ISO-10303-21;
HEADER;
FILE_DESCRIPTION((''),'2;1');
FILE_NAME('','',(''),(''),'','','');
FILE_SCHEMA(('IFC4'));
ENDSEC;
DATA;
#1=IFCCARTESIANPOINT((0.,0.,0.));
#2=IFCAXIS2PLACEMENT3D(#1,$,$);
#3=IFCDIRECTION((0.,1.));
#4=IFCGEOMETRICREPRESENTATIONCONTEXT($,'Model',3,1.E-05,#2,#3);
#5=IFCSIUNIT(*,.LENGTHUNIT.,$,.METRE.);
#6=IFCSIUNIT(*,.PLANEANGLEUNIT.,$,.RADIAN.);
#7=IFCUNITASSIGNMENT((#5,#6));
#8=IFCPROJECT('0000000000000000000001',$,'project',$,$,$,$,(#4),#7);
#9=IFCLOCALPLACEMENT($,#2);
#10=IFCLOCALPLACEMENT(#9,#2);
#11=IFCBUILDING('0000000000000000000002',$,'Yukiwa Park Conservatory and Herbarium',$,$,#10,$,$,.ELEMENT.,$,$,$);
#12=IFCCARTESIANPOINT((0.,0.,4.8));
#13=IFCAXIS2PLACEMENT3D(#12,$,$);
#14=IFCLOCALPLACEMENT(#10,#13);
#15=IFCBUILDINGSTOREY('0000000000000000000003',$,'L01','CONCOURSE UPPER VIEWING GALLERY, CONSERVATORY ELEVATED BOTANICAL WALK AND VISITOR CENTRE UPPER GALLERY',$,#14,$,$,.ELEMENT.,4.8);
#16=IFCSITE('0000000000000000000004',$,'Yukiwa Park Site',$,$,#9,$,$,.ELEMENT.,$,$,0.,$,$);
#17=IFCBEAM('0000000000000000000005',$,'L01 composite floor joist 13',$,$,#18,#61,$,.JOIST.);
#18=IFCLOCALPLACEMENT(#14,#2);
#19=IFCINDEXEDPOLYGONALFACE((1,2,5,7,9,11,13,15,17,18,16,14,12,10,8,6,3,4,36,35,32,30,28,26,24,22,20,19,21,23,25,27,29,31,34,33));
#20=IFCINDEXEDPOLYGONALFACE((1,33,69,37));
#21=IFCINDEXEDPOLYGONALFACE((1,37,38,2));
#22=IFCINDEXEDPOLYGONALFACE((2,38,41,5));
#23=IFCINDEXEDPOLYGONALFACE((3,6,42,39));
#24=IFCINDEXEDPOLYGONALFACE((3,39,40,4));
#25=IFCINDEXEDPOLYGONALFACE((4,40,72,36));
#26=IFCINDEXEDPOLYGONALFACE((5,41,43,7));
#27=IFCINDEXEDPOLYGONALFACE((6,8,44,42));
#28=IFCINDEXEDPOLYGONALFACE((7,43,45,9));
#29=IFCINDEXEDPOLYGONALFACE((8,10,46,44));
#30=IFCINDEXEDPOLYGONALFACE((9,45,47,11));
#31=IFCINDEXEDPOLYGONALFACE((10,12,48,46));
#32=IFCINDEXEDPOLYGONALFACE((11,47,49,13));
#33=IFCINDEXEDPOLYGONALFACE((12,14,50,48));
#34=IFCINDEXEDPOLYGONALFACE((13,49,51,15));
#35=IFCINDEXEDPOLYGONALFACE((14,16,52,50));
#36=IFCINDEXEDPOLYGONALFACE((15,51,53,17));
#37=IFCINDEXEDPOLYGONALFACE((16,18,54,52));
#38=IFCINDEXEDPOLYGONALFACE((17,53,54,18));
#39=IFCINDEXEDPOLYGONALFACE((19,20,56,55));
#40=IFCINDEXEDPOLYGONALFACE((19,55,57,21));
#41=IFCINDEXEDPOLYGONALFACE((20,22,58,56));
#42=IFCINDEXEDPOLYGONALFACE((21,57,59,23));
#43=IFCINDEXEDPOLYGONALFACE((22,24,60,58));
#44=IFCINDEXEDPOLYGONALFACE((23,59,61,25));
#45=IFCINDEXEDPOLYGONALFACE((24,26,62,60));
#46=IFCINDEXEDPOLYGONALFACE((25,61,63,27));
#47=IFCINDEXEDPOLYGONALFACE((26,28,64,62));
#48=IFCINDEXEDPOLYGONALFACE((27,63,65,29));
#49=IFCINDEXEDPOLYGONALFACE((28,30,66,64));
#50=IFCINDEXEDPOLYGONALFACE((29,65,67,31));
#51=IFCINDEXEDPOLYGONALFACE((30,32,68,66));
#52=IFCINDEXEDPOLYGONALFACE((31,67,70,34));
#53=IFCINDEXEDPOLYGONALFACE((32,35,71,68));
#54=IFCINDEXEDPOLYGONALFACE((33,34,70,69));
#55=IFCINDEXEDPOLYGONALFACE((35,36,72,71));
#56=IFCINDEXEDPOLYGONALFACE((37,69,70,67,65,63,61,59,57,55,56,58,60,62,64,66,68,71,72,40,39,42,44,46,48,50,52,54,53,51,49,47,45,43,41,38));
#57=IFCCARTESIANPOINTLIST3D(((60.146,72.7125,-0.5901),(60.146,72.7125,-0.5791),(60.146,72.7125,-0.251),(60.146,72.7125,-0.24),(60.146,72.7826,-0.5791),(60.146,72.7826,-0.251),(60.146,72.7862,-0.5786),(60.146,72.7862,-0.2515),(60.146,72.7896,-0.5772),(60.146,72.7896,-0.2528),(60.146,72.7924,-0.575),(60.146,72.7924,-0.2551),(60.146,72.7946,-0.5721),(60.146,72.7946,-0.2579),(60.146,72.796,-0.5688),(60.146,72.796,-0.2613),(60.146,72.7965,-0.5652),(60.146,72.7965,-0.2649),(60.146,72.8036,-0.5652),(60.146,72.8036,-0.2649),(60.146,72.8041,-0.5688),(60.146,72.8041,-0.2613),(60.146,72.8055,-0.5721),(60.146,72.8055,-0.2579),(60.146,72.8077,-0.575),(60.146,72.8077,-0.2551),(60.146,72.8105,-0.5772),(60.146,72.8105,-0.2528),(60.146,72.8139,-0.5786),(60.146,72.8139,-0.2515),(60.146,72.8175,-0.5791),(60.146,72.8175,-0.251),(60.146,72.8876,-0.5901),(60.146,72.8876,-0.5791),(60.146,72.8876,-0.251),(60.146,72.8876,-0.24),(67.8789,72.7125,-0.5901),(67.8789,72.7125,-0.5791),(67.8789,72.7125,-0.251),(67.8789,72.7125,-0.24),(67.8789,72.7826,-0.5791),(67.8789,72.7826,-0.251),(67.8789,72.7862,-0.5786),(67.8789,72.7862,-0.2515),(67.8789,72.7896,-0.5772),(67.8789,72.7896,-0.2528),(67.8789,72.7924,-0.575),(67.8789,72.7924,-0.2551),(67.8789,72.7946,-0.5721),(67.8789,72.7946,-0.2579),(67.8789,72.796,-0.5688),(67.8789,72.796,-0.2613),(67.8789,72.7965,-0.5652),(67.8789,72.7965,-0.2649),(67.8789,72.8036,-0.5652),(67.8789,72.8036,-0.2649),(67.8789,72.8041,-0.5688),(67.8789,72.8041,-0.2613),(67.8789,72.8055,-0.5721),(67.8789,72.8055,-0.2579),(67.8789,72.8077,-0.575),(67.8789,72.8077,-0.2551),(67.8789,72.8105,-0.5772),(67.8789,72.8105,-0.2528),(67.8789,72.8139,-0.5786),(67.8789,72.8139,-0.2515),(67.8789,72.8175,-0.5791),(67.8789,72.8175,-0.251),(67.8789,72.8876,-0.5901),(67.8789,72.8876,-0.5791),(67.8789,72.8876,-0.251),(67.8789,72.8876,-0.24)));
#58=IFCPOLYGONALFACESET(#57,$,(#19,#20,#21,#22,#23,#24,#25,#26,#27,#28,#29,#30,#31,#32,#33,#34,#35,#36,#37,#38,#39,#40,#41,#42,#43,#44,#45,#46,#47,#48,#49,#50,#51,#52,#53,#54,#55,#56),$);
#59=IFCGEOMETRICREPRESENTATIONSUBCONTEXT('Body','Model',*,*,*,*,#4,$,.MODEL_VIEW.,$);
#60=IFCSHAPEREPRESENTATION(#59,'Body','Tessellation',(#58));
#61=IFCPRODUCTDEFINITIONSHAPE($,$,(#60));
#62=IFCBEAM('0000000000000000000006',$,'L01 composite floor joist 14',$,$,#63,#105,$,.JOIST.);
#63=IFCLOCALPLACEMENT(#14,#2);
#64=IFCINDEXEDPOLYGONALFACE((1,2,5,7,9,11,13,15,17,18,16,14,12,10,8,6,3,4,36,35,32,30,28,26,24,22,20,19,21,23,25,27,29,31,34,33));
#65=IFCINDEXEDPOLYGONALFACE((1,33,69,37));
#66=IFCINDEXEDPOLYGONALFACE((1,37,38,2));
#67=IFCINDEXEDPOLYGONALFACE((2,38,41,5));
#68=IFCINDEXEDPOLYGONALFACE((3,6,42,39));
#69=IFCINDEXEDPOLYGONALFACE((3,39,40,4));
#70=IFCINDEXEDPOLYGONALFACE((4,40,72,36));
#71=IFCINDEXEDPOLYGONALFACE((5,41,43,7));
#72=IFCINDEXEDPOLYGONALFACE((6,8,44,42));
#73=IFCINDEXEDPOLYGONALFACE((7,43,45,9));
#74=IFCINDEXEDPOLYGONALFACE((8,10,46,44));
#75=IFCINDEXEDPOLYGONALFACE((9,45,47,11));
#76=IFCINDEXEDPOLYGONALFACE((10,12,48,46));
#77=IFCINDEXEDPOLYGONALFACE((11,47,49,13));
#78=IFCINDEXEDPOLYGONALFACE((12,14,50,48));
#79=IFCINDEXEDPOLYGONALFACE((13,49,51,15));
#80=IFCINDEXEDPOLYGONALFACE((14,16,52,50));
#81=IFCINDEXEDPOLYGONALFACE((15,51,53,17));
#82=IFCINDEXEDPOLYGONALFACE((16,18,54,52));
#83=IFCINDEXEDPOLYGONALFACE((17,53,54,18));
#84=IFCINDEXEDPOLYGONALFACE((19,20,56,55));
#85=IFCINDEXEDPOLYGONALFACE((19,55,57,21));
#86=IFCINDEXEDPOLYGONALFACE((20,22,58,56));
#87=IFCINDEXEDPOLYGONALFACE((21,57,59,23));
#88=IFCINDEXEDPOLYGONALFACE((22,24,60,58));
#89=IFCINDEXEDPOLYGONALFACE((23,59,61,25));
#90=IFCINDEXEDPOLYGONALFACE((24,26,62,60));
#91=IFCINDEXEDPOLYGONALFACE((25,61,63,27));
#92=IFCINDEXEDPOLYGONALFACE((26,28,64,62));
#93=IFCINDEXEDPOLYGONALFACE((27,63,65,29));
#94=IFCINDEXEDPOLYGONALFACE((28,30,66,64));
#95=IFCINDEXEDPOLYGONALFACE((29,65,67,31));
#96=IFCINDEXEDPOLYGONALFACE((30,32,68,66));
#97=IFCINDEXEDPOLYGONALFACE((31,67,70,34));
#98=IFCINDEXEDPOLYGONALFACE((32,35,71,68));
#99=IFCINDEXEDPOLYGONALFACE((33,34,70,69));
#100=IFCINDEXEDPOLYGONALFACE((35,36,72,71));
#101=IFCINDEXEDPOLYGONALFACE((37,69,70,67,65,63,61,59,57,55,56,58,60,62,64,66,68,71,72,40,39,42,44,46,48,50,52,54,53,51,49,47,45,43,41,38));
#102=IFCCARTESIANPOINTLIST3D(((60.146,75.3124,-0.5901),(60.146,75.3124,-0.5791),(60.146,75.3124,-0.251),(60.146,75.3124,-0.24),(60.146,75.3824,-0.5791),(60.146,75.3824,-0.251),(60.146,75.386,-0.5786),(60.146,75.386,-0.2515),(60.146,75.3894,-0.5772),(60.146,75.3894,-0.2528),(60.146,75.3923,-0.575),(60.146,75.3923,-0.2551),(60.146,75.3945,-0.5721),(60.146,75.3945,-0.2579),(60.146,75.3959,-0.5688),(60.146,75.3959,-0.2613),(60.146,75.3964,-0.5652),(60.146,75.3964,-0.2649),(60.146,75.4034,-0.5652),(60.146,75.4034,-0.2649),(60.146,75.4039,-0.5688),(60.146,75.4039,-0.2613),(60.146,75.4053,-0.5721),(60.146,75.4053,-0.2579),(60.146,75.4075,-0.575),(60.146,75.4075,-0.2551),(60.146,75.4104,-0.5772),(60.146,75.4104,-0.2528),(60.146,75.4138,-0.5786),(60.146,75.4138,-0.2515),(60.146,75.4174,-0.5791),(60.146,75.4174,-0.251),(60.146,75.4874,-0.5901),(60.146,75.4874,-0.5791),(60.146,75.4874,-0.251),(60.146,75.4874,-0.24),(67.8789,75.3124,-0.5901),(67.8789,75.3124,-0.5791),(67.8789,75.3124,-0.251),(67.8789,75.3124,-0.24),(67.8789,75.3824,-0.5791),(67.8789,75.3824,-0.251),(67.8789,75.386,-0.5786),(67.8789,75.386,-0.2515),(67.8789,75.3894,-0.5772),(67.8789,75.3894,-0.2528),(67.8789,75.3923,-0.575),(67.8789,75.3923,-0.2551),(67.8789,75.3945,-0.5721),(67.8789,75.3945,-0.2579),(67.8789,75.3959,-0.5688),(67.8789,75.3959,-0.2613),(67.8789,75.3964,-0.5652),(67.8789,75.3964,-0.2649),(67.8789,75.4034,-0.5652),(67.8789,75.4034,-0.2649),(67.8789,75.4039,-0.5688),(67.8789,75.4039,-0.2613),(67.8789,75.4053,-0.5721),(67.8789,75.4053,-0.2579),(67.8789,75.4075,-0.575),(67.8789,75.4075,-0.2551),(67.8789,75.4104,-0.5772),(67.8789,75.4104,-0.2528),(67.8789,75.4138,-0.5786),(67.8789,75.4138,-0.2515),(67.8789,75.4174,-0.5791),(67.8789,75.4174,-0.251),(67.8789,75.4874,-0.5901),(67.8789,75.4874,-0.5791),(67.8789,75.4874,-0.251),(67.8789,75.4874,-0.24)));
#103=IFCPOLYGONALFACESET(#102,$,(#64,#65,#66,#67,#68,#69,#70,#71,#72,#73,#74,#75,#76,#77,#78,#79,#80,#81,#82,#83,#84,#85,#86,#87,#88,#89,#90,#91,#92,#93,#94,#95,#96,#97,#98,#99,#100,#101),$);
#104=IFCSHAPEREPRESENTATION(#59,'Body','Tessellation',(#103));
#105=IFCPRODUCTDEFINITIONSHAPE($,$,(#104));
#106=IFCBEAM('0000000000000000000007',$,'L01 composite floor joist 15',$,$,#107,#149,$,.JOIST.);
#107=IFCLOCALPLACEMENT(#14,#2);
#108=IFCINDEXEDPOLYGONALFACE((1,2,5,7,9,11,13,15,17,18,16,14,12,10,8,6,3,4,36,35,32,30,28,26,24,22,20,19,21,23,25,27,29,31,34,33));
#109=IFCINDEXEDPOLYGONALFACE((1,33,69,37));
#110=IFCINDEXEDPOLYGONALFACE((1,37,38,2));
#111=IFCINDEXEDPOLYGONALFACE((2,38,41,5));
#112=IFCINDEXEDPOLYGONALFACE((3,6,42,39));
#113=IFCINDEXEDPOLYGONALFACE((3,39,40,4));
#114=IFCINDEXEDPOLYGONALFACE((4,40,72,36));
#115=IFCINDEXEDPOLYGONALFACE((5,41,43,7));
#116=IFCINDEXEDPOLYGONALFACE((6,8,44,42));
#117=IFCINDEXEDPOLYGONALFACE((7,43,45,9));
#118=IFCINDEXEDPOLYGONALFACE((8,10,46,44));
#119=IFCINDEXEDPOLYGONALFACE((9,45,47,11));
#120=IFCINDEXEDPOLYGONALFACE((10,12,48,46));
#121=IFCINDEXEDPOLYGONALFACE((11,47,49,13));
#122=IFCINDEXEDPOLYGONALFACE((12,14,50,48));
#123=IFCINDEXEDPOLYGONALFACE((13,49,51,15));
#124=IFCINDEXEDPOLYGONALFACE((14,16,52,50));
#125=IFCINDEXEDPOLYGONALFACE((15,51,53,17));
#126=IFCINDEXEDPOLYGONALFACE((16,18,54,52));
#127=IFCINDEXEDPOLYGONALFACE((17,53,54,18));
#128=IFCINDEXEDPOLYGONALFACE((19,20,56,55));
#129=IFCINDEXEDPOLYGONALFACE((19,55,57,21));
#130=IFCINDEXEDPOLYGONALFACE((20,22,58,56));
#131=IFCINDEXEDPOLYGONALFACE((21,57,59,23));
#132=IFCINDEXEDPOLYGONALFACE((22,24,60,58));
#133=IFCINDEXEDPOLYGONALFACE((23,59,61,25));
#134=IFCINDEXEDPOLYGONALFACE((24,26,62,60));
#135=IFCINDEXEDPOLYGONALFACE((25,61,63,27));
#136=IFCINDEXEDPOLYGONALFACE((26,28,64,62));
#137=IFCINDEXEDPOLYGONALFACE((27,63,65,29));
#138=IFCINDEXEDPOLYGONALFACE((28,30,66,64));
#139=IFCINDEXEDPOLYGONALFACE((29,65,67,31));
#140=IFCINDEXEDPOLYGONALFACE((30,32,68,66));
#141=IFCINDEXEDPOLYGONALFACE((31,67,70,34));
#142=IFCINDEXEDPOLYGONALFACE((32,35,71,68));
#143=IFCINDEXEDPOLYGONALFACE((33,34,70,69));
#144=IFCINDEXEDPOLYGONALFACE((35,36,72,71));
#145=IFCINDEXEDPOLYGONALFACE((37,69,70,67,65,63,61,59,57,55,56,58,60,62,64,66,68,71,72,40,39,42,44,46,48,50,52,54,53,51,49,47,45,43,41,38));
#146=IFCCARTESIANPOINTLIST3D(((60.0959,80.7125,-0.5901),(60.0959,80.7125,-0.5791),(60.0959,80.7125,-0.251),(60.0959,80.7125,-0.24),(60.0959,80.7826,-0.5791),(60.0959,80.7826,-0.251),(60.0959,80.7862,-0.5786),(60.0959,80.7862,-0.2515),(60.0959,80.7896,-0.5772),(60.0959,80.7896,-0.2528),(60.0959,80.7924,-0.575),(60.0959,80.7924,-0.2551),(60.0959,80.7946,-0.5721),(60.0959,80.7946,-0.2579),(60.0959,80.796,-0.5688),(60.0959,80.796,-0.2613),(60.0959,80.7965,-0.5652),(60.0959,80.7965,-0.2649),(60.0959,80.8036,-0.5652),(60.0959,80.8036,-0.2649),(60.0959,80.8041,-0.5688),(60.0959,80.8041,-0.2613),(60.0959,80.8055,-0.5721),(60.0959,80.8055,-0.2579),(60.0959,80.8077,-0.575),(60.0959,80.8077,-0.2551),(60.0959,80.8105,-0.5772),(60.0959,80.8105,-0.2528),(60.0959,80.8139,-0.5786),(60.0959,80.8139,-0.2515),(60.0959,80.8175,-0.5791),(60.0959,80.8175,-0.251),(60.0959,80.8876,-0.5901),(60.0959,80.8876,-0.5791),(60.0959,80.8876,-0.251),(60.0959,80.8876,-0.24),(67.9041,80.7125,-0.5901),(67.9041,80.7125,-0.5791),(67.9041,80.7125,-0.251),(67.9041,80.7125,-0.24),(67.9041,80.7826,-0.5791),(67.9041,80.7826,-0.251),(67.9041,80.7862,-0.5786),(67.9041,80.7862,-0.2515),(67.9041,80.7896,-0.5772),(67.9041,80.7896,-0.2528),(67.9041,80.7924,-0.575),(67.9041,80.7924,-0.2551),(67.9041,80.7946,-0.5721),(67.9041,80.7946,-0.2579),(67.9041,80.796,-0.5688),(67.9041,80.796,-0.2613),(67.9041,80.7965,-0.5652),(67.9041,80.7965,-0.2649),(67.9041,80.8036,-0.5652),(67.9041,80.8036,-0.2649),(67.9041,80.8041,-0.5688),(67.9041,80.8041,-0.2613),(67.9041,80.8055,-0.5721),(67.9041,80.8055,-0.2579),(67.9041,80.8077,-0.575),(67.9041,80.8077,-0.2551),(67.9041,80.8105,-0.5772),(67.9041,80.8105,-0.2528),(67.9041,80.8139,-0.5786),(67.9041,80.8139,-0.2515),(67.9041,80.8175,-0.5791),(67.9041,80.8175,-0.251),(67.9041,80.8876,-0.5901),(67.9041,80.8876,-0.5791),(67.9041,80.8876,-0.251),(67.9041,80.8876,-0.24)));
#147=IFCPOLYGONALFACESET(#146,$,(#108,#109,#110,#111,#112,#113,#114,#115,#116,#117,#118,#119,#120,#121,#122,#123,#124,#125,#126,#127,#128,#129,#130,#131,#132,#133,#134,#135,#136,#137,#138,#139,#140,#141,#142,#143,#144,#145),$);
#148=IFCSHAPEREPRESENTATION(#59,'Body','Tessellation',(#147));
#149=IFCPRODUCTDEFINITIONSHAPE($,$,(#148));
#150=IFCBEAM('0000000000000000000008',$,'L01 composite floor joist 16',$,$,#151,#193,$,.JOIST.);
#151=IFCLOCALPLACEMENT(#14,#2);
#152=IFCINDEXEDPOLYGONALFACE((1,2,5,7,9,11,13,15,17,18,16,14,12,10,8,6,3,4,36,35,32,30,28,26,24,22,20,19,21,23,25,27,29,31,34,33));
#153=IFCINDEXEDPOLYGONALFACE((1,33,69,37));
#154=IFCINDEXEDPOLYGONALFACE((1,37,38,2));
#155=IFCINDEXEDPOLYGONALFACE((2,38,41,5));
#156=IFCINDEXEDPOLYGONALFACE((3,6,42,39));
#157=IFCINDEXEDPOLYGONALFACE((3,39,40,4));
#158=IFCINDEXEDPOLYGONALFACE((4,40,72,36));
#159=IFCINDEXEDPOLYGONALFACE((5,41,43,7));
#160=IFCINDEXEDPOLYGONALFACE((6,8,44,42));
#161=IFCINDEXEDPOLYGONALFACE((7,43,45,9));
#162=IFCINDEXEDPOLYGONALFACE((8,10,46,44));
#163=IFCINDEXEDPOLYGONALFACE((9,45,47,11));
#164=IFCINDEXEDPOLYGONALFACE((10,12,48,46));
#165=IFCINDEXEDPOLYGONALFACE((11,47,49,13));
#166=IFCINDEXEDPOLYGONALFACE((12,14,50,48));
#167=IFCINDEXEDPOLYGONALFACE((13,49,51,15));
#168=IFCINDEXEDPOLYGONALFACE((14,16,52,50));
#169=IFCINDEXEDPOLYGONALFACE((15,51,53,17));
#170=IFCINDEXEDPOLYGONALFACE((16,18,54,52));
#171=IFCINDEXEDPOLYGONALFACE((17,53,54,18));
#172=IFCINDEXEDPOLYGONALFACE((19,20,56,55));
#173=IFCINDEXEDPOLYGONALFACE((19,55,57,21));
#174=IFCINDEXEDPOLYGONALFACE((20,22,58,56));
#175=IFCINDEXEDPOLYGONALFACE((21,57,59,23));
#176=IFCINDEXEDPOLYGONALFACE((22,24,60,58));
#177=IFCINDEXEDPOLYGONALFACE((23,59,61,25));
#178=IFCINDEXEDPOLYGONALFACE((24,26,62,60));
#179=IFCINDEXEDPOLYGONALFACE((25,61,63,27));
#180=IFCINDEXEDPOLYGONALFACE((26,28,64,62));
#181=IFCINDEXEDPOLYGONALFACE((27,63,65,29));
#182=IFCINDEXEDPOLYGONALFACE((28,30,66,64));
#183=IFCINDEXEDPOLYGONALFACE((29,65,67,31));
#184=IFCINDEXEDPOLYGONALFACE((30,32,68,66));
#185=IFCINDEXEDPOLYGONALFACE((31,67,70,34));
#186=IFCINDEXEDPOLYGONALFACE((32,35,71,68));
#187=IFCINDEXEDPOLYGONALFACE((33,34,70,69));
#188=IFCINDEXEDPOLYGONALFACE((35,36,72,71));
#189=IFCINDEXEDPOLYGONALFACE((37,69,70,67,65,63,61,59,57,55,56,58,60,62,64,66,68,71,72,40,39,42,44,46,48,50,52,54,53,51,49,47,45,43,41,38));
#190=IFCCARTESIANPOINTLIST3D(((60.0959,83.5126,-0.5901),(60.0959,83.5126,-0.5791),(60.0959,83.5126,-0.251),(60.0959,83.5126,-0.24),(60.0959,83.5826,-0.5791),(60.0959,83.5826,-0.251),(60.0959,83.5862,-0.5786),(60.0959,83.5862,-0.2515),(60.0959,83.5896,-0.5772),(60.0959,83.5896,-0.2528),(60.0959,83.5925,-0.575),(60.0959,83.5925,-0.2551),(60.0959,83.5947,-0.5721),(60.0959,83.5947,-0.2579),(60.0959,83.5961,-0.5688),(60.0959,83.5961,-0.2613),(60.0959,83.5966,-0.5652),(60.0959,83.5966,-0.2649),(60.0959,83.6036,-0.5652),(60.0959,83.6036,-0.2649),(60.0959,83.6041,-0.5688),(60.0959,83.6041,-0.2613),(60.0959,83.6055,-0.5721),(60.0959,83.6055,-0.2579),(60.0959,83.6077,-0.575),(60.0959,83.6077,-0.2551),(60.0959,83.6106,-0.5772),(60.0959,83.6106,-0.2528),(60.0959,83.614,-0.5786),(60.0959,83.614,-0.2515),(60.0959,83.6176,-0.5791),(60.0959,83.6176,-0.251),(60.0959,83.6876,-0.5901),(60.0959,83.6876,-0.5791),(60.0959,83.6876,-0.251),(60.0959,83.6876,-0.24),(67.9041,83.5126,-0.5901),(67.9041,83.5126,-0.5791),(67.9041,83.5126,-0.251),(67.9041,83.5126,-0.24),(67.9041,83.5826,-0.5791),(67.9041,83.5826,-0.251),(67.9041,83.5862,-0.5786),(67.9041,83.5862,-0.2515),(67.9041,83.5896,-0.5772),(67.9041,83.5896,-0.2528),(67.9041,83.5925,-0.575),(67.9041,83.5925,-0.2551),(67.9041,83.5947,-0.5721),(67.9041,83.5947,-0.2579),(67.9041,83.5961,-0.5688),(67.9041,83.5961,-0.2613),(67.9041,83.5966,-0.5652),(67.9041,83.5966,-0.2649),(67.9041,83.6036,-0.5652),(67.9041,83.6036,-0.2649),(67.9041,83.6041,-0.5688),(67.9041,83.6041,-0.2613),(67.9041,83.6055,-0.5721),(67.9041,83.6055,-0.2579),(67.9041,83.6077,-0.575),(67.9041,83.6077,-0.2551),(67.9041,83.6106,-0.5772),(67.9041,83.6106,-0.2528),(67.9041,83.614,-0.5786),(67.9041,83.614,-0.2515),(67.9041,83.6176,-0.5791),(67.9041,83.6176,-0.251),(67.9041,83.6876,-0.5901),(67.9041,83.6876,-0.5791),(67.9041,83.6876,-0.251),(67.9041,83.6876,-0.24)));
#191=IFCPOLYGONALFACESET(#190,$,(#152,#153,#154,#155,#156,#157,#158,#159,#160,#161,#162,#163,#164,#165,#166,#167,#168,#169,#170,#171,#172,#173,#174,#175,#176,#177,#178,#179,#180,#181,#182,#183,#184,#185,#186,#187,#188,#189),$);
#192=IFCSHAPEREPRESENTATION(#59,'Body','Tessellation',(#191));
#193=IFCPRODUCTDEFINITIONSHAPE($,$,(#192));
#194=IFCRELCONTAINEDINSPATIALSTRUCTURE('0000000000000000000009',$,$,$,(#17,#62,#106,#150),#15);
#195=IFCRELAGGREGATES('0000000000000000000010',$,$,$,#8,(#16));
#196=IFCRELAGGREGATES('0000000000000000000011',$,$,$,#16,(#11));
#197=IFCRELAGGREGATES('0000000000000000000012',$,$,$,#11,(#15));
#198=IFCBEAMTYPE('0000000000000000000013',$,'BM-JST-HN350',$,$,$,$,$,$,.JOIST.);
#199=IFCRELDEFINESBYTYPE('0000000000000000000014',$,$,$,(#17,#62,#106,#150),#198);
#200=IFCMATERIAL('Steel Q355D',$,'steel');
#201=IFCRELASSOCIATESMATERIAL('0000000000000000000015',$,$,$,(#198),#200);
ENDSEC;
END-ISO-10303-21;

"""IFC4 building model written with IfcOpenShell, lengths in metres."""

from ifc_helpers import new_model, si_unit, direction, frame, origin, origin_2d, place, context, subcontext, project, spatial, i_section, extrude, material, material_profile, profile_set, type_object, element, save


model = new_model("IFC4")

# Units and contexts
model_context = context("Model", 3, precision=1e-05, world=origin(), true_north=direction((0.0, 1.0)))
body_context = subcontext(model_context, "Body", "Model", "MODEL_VIEW")
ifc_project = project(units=[si_unit("LENGTHUNIT", "METRE"), si_unit("PLANEANGLEUNIT", "RADIAN")], contexts=[model_context])

# Site, building, storey
site_placement = place(None, origin())
site = spatial("IfcSite", under=ifc_project, at=site_placement, Name="Yukiwa Park Site", CompositionType="ELEMENT", RefElevation=0.0)
building_placement = place(site_placement, origin())
building = spatial("IfcBuilding", under=site, at=building_placement, Name="Yukiwa Park Conservatory and Herbarium", CompositionType="ELEMENT")
storey_placement = place(building_placement, frame((0.0, 0.0, 4.8)))
storey = spatial("IfcBuildingStorey", under=building, at=storey_placement, Name="L01", Description="CONCOURSE UPPER VIEWING GALLERY, CONSERVATORY ELEVATED BOTANICAL WALK AND VISITOR CENTRE UPPER GALLERY", CompositionType="ELEMENT", Elevation=4.8)

# Beams
ifc_material_1 = material(Name="Steel Q355D", Category="steel")
ifc_material_profile_1 = material_profile(ifc_material_1, i_section(OverallWidth=0.175, OverallDepth=0.3501, WebThickness=0.0071, FlangeThickness=0.011, FilletRadius=0.0139, at=origin_2d()), Name="HN 350x175x7x11")
ifc_profile_set_1 = profile_set([ifc_material_profile_1], Name="Steel Q355D")
beam_type_1 = type_object("IfcBeamType", Name="BM-JST-HN350", PredefinedType="JOIST", material=ifc_profile_set_1)
for number, where, z_axis, x_axis, name in (
    (1, (60.146, 72.8, -0.415), (1.0, 0.0, 0.0), (0.0, 1.0, 0.0), "L01 composite floor joist 13"),
    (2, (60.146, 75.3999, -0.415), (1.0, 0.0, 0.0), (0.0, 1.0, 0.0), "L01 composite floor joist 14"),
):
    element("IfcBeam", number, at=place(storey_placement, frame(where, z_axis=z_axis, x_axis=x_axis)), inside=storey, type_object=beam_type_1, Name=name, PredefinedType="JOIST", context=body_context, shape_type="SweptSolid", body=[
        extrude(i_section(OverallWidth=0.175, OverallDepth=0.3501, WebThickness=0.0071, FlangeThickness=0.011, FilletRadius=0.0139, at=origin_2d()), origin(), (0.0, 0.0, 1.0), 7.7329),
    ])
for number, where, z_axis, x_axis, name in (
    (3, (60.0959, 80.8, -0.415), (1.0, 0.0, 0.0), (0.0, 1.0, 0.0), "L01 composite floor joist 15"),
    (4, (60.0959, 83.6001, -0.415), (1.0, 0.0, 0.0), (0.0, 1.0, 0.0), "L01 composite floor joist 16"),
):
    element("IfcBeam", number, at=place(storey_placement, frame(where, z_axis=z_axis, x_axis=x_axis)), inside=storey, type_object=beam_type_1, Name=name, PredefinedType="JOIST", context=body_context, shape_type="SweptSolid", body=[
        extrude(i_section(OverallWidth=0.175, OverallDepth=0.3501, WebThickness=0.0071, FlangeThickness=0.011, FilletRadius=0.0139, at=origin_2d()), origin(), (0.0, 0.0, 1.0), 7.8081),
    ])

save(model, "model.ifc")
